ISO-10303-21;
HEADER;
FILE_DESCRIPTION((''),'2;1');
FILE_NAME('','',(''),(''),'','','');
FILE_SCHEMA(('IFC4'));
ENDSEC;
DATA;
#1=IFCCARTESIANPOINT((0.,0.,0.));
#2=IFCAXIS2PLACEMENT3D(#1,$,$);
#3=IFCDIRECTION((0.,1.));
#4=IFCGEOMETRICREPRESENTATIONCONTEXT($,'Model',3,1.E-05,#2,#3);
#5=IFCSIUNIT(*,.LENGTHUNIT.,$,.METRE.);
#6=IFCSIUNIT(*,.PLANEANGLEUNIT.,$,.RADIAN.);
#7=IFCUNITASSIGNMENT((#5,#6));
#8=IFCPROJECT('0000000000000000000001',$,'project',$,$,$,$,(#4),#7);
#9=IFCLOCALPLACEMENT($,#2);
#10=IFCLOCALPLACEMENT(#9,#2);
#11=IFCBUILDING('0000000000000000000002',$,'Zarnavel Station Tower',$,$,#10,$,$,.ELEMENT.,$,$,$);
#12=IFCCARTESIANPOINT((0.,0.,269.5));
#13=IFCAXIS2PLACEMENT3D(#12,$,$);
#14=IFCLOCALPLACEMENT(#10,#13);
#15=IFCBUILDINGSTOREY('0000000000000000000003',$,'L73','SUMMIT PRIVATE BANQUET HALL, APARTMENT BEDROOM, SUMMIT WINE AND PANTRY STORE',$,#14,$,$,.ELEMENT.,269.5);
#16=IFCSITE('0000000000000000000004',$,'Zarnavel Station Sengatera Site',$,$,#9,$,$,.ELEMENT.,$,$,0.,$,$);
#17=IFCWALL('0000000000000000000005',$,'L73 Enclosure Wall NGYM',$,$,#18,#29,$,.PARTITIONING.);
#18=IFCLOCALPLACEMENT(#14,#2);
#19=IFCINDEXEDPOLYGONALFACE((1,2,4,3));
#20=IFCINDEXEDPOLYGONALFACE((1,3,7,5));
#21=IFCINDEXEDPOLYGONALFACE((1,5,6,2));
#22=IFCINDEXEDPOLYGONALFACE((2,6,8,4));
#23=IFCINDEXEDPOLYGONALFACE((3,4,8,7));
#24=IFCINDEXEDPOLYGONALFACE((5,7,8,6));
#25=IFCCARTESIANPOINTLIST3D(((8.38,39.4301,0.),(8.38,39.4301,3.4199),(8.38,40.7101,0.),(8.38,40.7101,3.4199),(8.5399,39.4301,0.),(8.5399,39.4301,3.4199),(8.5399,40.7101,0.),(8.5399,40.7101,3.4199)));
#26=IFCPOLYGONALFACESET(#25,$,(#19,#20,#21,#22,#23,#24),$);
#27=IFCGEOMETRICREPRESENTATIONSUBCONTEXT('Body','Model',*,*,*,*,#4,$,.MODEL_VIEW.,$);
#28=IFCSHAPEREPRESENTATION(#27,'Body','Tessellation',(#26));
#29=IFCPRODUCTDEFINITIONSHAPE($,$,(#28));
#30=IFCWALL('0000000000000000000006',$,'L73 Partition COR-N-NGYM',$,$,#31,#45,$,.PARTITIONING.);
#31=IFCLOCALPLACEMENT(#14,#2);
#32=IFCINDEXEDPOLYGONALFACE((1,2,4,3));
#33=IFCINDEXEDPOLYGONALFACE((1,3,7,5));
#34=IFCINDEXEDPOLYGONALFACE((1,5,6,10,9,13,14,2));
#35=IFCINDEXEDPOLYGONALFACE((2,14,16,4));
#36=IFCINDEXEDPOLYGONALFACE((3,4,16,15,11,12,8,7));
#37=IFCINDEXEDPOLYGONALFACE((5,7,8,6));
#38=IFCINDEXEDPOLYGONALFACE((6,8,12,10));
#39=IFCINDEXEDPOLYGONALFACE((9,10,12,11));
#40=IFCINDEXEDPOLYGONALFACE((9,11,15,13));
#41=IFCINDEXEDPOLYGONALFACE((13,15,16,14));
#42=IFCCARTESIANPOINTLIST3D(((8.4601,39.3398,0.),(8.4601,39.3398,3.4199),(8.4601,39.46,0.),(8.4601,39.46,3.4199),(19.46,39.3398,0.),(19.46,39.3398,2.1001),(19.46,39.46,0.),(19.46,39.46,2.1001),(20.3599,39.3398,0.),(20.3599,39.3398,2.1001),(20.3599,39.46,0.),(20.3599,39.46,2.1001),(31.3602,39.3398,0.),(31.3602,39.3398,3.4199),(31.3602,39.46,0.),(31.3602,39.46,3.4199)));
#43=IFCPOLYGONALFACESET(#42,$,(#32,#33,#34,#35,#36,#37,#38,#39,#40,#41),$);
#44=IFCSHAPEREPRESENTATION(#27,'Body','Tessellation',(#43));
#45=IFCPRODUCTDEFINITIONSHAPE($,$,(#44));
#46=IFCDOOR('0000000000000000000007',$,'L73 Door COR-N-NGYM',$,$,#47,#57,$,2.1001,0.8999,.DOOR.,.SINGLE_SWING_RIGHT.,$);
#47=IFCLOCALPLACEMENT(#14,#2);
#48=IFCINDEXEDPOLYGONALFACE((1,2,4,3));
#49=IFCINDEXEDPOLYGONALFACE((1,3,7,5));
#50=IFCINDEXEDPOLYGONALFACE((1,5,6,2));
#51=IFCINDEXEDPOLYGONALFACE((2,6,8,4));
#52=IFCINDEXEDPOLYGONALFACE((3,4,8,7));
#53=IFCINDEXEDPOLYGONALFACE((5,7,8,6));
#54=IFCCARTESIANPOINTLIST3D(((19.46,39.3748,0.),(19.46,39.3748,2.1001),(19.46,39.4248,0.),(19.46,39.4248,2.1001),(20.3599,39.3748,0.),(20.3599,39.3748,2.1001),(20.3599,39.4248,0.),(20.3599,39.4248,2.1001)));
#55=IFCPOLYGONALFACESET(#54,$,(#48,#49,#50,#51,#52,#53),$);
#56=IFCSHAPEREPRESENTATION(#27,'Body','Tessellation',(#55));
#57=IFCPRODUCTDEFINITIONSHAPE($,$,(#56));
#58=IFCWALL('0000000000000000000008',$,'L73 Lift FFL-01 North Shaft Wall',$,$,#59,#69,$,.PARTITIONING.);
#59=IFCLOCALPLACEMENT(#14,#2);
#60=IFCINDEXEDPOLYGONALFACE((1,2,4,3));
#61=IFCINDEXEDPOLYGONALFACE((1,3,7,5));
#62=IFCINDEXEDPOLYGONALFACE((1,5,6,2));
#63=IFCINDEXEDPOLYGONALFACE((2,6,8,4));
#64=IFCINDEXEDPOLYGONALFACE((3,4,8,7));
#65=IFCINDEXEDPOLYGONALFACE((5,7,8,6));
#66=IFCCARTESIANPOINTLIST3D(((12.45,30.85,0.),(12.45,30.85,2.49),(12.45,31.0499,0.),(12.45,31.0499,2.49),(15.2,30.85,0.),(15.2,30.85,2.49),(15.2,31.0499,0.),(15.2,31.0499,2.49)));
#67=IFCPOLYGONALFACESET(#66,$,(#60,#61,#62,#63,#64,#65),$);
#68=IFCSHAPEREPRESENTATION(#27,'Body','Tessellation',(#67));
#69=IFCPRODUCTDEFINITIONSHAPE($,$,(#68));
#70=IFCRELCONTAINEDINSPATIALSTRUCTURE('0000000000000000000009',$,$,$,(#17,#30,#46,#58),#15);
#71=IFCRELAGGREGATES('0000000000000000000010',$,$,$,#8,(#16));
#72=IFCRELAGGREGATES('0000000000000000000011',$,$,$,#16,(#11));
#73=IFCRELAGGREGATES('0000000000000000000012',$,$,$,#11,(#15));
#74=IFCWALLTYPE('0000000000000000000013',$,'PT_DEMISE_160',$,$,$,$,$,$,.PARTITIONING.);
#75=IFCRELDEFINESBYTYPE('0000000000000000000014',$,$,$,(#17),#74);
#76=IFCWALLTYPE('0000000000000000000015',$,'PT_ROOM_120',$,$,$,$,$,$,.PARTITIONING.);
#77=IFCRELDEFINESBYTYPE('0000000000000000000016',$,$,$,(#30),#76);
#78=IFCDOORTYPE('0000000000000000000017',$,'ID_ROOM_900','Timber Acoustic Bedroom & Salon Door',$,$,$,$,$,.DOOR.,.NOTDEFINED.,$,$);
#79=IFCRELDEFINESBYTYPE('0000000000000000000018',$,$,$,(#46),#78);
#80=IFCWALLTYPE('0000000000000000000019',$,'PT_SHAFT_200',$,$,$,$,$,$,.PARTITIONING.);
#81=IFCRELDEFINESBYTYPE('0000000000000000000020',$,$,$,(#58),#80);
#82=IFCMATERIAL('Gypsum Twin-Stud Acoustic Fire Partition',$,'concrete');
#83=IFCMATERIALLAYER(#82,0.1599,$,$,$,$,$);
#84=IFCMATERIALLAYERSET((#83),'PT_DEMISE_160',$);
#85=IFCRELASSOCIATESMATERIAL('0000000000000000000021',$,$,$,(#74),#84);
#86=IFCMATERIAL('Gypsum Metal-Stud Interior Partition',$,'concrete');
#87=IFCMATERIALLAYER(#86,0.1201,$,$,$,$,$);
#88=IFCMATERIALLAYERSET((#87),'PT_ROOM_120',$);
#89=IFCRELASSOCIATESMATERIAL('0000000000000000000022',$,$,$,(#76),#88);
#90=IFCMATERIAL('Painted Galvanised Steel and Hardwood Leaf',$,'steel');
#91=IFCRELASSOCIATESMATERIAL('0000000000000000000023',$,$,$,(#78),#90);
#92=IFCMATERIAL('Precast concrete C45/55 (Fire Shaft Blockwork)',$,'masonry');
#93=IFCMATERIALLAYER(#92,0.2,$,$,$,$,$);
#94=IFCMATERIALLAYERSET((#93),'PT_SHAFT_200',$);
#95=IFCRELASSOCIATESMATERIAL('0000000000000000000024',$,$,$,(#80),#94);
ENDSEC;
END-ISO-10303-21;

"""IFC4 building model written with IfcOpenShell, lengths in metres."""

from ifc_helpers import new_model, si_unit, direction, frame, frame_2d, origin, place, context, subcontext, project, spatial, rectangle, extrude, material, layer, layer_set, type_object, element, fill, save


model = new_model("IFC4")

# Units and contexts
model_context = context("Model", 3, precision=1e-05, world=origin(), true_north=direction((0.0, 1.0)))
body_context = subcontext(model_context, "Body", "Model", "MODEL_VIEW")
ifc_project = project(units=[si_unit("LENGTHUNIT", "METRE"), si_unit("PLANEANGLEUNIT", "RADIAN")], contexts=[model_context])

# Site, building, storey
site_placement = place(None, origin())
site = spatial("IfcSite", under=ifc_project, at=site_placement, Name="Zarnavel Station Sengatera Site", CompositionType="ELEMENT", RefElevation=0.0)
building_placement = place(site_placement, origin())
building = spatial("IfcBuilding", under=site, at=building_placement, Name="Zarnavel Station Tower", CompositionType="ELEMENT")
storey_placement = place(building_placement, frame((0.0, 0.0, 269.5)))
storey = spatial("IfcBuildingStorey", under=building, at=storey_placement, Name="L73", Description="SUMMIT PRIVATE BANQUET HALL, APARTMENT BEDROOM, SUMMIT WINE AND PANTRY STORE", CompositionType="ELEMENT", Elevation=269.5)

# Wall
ifc_material_1 = material(Name="Gypsum Twin-Stud Acoustic Fire Partition", Category="concrete")
ifc_layer_1 = layer(ifc_material_1, 0.1599)
ifc_layer_set_1 = layer_set([ifc_layer_1], Name="PT_DEMISE_160")
wall_type_1 = type_object("IfcWallType", Name="PT_DEMISE_160", PredefinedType="PARTITIONING", material=ifc_layer_set_1)
wall_1_placement = place(storey_placement, frame((8.46, 39.4299, 0.0), z_axis=(0.0, 0.0, 1.0), x_axis=(0.0, 1.0, 0.0)))
element("IfcWall", 1, at=wall_1_placement, inside=storey, type_object=wall_type_1, Name="L73 Enclosure Wall NGYM", PredefinedType="PARTITIONING", context=body_context, shape_type="SweptSolid", body=[
    extrude(rectangle(XDim=1.28, YDim=0.1599, at=frame_2d((0.6401, 0.0))), origin(), (0.0, 0.0, 1.0), 3.4199),
])

# Wall, opening, door
ifc_material_2 = material(Name="Gypsum Metal-Stud Interior Partition", Category="concrete")
ifc_layer_2 = layer(ifc_material_2, 0.1201)
ifc_layer_set_2 = layer_set([ifc_layer_2], Name="PT_ROOM_120")
wall_type_2 = type_object("IfcWallType", Name="PT_ROOM_120", PredefinedType="PARTITIONING", material=ifc_layer_set_2)
wall_2_placement = place(storey_placement, frame((8.46, 39.3999, 0.0), z_axis=(0.0, 0.0, 1.0), x_axis=(1.0, 0.0, 0.0)))
wall_2 = element("IfcWall", 2, at=wall_2_placement, inside=storey, type_object=wall_type_2, Name="L73 Partition COR-N-NGYM", PredefinedType="PARTITIONING", context=body_context, shape_type="SweptSolid", body=[
    extrude(rectangle(XDim=22.9001, YDim=0.1201, at=frame_2d((11.4502, 0.0))), origin(), (0.0, 0.0, 1.0), 3.4199),
])
opening_1_placement = place(wall_2_placement, frame((11.0, 0.0, 0.0)))
opening_1 = element("IfcOpeningElement", 3, at=opening_1_placement, cuts=wall_2, PredefinedType="OPENING", context=body_context, shape_type="SweptSolid", body=[
    extrude(rectangle(XDim=0.8999, YDim=2.1001, at=frame_2d((0.45, 1.05))), frame((0.0, 0.0701, 0.0), z_axis=(0.0, -1.0, 0.0), x_axis=(1.0, 0.0, 0.0)), (0.0, 0.0, 1.0), 0.1401),
])
ifc_material_3 = material(Name="Painted Galvanised Steel and Hardwood Leaf", Category="steel")
door_type_1 = type_object("IfcDoorType", Name="ID_ROOM_900", Description="Timber Acoustic Bedroom & Salon Door", OperationType="NOTDEFINED", PredefinedType="DOOR", material=ifc_material_3)
door_1_placement = place(opening_1_placement, origin())
door_1 = element("IfcDoor", 4, at=door_1_placement, inside=storey, type_object=door_type_1, Name="L73 Door COR-N-NGYM", OperationType="SINGLE_SWING_RIGHT", OverallHeight=2.1001, OverallWidth=0.8999, PredefinedType="DOOR", context=body_context, shape_type="SweptSolid", body=[
    extrude(rectangle(XDim=0.8999, YDim=2.1001, at=frame_2d((0.45, 1.05))), frame((0.0, 0.0249, 0.0), z_axis=(0.0, -1.0, 0.0), x_axis=(1.0, 0.0, 0.0)), (0.0, 0.0, 1.0), 0.05),
])
fill(opening_1, door_1)
ifc_material_4 = material(Name="Precast concrete C45/55 (Fire Shaft Blockwork)", Category="masonry")
ifc_layer_3 = layer(ifc_material_4, 0.2)
ifc_layer_set_3 = layer_set([ifc_layer_3], Name="PT_SHAFT_200")
wall_type_3 = type_object("IfcWallType", Name="PT_SHAFT_200", PredefinedType="PARTITIONING", material=ifc_layer_set_3)

# Wall
wall_3_placement = place(storey_placement, frame((12.45, 30.95, 0.0), z_axis=(0.0, 0.0, 1.0), x_axis=(1.0, 0.0, 0.0)))
element("IfcWall", 5, at=wall_3_placement, inside=storey, type_object=wall_type_3, Name="L73 Lift FFL-01 North Shaft Wall", PredefinedType="PARTITIONING", context=body_context, shape_type="SweptSolid", body=[
    extrude(rectangle(XDim=2.75, YDim=0.2, at=frame_2d((1.375, 0.0))), origin(), (0.0, 0.0, 1.0), 2.49),
])

save(model, "model.ifc")
